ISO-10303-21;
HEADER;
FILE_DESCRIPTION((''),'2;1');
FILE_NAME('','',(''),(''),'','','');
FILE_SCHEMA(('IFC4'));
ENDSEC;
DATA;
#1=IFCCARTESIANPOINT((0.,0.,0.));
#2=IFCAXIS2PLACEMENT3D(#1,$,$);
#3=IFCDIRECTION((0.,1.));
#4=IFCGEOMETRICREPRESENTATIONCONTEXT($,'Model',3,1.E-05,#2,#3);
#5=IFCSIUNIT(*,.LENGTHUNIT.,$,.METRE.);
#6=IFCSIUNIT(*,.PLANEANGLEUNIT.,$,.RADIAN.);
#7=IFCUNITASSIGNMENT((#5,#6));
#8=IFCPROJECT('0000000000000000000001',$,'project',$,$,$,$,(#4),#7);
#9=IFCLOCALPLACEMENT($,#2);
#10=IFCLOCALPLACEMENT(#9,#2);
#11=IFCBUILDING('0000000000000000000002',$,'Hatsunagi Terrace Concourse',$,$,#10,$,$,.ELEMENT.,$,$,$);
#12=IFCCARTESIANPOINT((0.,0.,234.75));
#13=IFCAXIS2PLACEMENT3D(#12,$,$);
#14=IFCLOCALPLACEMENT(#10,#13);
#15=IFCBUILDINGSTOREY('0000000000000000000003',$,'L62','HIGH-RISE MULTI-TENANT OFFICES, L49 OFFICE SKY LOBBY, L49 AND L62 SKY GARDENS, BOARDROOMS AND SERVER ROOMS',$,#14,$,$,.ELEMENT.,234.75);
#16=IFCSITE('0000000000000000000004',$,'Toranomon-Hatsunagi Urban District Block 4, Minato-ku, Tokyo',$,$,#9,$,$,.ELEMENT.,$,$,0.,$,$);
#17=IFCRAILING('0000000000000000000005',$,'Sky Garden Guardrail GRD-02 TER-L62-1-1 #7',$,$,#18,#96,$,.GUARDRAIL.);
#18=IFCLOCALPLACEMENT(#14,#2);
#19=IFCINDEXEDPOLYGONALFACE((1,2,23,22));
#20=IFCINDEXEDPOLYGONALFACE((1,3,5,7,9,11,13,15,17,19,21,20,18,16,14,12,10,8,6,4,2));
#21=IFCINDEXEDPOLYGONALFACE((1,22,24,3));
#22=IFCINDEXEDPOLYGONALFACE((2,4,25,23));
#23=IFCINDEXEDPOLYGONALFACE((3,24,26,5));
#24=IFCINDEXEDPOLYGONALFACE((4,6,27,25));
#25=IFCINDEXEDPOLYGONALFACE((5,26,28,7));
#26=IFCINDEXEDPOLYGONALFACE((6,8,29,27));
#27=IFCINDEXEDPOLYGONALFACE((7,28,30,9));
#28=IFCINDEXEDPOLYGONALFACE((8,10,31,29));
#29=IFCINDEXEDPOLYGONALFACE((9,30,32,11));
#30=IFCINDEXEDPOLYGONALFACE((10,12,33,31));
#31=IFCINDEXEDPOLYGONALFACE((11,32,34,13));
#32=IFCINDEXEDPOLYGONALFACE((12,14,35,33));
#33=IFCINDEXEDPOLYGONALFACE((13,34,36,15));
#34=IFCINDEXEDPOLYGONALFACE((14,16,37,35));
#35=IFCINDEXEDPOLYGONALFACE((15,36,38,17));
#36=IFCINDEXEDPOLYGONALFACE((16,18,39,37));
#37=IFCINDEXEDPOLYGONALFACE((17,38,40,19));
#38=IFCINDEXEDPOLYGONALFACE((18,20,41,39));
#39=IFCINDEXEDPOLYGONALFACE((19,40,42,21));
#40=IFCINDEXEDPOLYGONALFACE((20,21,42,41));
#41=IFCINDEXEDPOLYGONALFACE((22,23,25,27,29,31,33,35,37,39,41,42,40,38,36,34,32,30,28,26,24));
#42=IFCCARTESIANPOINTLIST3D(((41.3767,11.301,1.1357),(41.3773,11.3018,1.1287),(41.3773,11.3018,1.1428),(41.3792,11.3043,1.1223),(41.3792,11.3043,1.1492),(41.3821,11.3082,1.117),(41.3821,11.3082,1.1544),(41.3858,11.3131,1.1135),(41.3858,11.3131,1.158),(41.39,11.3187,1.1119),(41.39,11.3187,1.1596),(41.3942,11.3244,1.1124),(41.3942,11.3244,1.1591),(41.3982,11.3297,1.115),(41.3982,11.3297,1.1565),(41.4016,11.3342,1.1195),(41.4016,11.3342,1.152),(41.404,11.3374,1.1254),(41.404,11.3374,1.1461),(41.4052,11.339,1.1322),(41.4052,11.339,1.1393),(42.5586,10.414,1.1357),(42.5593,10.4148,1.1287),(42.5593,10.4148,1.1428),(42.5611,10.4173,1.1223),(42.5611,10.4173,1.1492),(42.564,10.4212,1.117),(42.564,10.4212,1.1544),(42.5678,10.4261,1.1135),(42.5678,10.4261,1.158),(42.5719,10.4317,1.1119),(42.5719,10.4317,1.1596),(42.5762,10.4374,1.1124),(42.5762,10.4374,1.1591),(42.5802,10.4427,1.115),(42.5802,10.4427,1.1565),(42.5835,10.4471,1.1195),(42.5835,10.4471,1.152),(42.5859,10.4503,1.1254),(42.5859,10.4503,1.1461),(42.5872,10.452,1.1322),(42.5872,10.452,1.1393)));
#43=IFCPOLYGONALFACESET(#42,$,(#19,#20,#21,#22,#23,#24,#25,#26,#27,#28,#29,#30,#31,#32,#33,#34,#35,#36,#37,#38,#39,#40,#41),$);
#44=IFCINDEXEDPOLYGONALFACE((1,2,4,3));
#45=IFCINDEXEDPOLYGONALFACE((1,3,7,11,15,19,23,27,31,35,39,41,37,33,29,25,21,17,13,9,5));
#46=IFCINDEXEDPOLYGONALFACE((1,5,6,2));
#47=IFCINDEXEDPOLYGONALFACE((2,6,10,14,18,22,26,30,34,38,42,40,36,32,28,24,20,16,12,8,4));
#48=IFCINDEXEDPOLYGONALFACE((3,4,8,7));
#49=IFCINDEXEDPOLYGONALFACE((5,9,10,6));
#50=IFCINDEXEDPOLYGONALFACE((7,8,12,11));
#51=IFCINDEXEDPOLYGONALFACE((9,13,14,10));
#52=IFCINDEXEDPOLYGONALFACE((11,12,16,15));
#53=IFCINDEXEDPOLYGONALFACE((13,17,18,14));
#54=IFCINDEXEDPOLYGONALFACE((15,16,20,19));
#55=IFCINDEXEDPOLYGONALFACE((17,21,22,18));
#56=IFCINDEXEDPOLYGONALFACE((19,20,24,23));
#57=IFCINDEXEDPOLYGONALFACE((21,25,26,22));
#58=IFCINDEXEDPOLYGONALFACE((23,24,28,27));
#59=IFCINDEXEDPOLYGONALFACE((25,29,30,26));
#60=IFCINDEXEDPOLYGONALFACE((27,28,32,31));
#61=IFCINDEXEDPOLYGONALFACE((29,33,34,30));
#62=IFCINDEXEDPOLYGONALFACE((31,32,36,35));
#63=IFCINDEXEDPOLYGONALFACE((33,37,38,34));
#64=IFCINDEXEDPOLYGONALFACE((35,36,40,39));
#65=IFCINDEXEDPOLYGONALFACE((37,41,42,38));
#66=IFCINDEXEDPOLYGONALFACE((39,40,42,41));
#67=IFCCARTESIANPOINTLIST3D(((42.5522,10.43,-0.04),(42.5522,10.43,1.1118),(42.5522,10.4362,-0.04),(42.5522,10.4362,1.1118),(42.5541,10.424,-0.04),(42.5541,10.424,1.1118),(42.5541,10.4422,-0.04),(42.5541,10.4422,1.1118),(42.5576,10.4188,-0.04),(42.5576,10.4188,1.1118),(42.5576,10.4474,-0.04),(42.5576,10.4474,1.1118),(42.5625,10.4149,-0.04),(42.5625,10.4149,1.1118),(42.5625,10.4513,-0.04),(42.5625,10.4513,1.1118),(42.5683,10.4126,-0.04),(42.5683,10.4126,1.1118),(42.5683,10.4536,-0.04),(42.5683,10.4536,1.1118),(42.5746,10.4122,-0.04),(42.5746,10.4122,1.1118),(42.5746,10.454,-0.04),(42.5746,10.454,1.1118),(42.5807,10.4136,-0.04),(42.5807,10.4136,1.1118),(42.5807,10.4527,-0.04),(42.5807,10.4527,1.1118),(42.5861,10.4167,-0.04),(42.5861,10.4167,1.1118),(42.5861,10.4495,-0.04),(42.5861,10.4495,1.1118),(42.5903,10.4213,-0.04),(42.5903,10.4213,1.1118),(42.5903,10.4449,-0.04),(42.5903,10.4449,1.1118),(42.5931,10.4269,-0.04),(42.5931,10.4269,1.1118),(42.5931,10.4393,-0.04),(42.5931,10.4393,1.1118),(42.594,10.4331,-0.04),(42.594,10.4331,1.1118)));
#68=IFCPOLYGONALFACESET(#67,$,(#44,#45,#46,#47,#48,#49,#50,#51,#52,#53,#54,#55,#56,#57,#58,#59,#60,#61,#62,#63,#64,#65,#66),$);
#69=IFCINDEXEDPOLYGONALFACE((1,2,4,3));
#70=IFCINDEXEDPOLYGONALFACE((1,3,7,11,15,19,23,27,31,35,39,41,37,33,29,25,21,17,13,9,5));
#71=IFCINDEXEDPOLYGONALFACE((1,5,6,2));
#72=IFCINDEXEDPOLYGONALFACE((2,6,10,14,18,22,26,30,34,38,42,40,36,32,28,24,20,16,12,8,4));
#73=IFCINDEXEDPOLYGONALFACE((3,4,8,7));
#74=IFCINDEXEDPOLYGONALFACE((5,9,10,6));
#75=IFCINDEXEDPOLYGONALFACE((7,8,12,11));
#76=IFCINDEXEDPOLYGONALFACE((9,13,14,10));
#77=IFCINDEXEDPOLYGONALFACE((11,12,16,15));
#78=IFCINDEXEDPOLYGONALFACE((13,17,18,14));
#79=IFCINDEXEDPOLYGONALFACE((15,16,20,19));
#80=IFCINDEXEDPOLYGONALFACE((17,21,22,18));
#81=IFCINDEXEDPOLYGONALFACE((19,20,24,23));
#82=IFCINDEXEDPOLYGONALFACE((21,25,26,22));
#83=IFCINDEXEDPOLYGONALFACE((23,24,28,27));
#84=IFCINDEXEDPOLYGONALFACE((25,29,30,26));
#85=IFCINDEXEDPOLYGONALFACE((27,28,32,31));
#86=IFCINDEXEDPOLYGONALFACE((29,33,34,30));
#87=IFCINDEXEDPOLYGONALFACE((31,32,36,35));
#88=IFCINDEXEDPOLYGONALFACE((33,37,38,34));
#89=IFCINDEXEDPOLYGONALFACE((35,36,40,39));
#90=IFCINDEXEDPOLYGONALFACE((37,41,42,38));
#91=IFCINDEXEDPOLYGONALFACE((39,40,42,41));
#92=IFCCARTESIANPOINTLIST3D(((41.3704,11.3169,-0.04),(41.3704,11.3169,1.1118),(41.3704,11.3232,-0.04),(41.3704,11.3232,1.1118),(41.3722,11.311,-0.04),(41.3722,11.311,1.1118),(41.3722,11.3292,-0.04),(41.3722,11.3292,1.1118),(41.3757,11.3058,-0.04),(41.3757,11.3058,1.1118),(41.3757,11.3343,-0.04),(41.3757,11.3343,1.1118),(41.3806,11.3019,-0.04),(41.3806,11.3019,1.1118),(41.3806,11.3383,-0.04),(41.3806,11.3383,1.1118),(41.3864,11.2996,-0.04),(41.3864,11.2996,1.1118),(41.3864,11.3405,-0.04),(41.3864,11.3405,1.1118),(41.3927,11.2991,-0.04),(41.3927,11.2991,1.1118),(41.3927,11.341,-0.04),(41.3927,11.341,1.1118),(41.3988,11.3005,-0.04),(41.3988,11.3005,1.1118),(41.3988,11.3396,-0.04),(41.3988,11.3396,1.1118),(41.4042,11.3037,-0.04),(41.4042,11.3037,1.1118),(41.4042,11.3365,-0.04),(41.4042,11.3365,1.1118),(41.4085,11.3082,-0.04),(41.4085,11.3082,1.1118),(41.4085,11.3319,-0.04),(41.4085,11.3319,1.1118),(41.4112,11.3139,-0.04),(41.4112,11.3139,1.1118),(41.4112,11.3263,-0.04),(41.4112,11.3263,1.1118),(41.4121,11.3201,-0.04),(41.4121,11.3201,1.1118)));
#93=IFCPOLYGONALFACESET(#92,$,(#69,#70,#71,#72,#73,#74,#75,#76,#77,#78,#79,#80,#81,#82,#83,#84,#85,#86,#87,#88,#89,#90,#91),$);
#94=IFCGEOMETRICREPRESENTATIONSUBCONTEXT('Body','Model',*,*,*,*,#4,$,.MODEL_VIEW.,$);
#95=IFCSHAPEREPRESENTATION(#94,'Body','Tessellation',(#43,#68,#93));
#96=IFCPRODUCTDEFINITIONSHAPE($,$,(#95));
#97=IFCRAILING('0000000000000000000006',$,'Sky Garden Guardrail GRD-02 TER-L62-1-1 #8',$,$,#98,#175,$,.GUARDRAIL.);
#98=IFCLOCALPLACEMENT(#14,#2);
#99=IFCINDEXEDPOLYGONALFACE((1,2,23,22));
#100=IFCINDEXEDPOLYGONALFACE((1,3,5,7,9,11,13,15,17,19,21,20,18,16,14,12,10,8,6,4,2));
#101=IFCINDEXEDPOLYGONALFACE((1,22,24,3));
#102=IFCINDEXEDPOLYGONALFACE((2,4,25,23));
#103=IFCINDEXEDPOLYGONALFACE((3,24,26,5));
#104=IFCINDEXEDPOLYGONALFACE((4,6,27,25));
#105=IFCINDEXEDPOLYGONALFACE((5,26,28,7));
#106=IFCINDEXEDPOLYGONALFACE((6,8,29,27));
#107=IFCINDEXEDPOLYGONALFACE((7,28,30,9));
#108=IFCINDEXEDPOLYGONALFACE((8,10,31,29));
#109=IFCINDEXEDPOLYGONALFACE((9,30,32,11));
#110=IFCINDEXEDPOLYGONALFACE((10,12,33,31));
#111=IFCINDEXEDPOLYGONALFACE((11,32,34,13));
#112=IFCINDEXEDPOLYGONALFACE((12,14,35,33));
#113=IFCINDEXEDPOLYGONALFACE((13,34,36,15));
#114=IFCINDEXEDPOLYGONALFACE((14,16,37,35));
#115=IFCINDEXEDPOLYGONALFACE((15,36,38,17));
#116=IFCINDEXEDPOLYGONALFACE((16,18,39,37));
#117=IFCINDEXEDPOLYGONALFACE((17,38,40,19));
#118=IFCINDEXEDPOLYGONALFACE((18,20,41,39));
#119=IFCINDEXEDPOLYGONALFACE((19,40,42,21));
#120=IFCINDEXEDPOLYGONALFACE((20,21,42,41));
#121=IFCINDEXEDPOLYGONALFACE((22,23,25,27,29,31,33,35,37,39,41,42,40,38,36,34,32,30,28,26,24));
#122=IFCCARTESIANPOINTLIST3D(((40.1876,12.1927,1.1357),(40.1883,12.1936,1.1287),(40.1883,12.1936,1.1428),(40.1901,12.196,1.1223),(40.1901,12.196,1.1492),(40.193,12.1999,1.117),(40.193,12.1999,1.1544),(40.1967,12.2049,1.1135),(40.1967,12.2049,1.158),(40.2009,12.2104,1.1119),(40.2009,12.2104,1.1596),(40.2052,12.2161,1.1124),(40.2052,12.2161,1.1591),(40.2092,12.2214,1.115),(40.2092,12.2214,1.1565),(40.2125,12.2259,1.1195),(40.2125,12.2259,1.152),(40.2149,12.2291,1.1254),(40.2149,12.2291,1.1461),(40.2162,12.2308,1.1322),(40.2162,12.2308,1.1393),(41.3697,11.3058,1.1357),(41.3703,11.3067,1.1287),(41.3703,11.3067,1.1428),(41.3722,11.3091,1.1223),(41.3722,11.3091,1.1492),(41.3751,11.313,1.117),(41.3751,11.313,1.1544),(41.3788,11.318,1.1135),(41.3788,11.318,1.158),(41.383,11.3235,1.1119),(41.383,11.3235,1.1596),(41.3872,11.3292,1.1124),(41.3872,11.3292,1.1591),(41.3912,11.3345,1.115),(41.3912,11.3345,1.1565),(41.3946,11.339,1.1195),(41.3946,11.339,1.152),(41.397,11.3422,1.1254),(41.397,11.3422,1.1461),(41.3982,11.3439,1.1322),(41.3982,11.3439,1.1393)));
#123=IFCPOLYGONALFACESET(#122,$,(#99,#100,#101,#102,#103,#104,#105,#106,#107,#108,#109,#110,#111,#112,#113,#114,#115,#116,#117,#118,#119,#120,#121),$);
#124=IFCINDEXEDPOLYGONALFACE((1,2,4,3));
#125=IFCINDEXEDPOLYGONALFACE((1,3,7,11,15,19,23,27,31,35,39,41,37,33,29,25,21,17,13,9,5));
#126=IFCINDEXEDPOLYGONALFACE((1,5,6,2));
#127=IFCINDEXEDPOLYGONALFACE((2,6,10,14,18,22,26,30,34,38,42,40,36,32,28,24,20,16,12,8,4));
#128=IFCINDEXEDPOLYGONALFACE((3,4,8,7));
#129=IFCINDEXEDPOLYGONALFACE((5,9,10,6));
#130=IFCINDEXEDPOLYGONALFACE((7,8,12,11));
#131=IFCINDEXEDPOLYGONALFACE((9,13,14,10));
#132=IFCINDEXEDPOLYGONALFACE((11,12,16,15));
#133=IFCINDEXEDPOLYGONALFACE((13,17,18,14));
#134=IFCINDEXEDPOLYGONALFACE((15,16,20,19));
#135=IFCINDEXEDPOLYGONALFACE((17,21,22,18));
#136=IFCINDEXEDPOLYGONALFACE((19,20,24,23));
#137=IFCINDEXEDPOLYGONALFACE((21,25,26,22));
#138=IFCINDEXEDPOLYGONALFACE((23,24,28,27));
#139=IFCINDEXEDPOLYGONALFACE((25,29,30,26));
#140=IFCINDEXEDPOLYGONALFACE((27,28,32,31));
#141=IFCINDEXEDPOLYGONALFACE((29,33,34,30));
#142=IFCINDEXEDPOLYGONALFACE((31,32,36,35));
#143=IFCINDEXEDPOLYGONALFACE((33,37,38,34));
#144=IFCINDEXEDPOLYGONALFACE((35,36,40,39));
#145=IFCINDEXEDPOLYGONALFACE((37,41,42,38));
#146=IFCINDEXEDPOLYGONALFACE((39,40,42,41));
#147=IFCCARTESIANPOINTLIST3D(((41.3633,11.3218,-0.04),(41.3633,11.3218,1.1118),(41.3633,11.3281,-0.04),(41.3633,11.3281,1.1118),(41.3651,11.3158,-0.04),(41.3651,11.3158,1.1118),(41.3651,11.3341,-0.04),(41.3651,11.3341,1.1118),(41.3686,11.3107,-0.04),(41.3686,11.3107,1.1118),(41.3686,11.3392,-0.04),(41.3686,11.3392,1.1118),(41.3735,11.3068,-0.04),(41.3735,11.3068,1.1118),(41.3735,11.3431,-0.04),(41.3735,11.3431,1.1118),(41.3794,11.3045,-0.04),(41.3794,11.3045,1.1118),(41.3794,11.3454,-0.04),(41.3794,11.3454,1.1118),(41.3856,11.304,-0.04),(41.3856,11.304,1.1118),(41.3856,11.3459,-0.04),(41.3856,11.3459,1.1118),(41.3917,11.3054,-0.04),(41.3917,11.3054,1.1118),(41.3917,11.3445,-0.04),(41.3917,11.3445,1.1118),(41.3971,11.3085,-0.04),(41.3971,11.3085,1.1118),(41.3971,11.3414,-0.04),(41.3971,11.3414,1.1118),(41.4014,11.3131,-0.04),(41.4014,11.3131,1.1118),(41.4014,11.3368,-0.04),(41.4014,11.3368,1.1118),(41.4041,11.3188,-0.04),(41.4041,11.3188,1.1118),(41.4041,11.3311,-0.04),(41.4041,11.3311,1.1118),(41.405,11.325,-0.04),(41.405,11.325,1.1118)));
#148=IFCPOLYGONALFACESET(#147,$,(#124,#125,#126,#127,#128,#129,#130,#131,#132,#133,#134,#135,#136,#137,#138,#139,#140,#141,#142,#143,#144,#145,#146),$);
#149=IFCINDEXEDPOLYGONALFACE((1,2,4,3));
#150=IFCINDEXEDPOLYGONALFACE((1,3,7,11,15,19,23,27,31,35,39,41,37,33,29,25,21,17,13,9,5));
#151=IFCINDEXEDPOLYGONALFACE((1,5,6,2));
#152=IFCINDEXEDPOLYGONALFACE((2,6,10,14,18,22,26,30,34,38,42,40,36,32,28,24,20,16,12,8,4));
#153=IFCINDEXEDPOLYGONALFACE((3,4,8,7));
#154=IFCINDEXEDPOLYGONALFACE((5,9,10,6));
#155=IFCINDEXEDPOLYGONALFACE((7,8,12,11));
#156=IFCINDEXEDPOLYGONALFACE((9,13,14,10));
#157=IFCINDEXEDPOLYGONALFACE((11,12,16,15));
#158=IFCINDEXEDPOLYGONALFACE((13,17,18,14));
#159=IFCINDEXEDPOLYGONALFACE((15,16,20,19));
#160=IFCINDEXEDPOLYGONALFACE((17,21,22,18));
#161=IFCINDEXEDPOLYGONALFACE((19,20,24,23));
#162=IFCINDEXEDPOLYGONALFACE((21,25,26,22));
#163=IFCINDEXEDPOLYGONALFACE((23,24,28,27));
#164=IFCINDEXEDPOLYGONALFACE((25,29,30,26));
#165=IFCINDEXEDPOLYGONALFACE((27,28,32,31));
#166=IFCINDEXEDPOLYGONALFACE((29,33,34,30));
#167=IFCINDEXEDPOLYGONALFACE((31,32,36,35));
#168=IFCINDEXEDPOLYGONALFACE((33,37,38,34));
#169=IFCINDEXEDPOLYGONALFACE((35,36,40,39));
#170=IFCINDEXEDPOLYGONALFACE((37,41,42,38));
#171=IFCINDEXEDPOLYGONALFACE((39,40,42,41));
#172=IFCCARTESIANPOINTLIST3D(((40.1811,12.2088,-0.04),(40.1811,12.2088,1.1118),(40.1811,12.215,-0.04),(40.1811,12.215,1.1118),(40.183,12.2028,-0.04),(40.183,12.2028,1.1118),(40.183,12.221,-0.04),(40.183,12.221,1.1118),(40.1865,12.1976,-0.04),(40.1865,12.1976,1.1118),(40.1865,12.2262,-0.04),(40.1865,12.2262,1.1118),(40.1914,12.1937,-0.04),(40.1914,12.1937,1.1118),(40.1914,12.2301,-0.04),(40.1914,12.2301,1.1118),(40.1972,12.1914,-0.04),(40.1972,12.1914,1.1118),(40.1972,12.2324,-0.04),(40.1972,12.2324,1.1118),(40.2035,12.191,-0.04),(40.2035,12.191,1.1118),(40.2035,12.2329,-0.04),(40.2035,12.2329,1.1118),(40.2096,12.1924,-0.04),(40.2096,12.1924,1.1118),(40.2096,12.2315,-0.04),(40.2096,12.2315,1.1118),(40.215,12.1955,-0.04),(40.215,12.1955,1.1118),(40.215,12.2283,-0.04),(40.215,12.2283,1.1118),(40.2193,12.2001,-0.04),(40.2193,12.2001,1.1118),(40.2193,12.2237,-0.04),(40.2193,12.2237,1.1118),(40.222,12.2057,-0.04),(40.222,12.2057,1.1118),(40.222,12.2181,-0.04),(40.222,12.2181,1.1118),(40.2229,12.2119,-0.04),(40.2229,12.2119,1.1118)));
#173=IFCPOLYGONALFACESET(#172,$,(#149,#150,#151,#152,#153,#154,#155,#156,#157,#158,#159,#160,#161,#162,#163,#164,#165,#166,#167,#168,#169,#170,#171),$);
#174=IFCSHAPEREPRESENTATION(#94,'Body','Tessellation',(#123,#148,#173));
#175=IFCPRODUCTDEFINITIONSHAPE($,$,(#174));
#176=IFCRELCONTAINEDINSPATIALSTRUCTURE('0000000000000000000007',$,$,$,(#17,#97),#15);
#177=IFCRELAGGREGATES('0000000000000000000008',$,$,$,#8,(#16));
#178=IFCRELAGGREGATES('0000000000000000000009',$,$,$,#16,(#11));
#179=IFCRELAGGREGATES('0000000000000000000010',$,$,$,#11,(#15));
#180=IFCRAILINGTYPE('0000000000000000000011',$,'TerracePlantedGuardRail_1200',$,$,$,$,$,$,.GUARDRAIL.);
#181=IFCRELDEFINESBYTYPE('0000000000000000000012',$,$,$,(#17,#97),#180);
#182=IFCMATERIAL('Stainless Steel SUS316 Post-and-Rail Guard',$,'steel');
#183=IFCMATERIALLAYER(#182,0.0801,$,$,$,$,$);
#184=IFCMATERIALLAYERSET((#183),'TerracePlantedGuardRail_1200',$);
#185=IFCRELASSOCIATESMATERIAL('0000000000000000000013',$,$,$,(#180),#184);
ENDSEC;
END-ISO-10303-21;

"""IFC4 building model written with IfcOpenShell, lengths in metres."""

from ifc_helpers import new_model, si_unit, direction, frame, origin, origin_2d, place, context, subcontext, project, spatial, circle, extrude, material, layer, layer_set, type_object, element, save


model = new_model("IFC4")

# Units and contexts
model_context = context("Model", 3, precision=1e-05, world=origin(), true_north=direction((0.0, 1.0)))
body_context = subcontext(model_context, "Body", "Model", "MODEL_VIEW")
ifc_project = project(units=[si_unit("LENGTHUNIT", "METRE"), si_unit("PLANEANGLEUNIT", "RADIAN")], contexts=[model_context])

# Site, building, storey
site_placement = place(None, origin())
site = spatial("IfcSite", under=ifc_project, at=site_placement, Name="Toranomon-Hatsunagi Urban District Block 4, Minato-ku, Tokyo", CompositionType="ELEMENT", RefElevation=0.0)
building_placement = place(site_placement, origin())
building = spatial("IfcBuilding", under=site, at=building_placement, Name="Hatsunagi Terrace Concourse", CompositionType="ELEMENT")
storey_placement = place(building_placement, frame((0.0, 0.0, 234.75)))
storey = spatial("IfcBuildingStorey", under=building, at=storey_placement, Name="L62", Description="HIGH-RISE MULTI-TENANT OFFICES, L49 OFFICE SKY LOBBY, L49 AND L62 SKY GARDENS, BOARDROOMS AND SERVER ROOMS", CompositionType="ELEMENT", Elevation=234.75)

# Railings
ifc_material_1 = material(Name="Stainless Steel SUS316 Post-and-Rail Guard", Category="steel")
ifc_layer_1 = layer(ifc_material_1, 0.0801)
ifc_layer_set_1 = layer_set([ifc_layer_1], Name="TerracePlantedGuardRail_1200")
railing_type = type_object("IfcRailingType", Name="TerracePlantedGuardRail_1200", PredefinedType="GUARDRAIL", material=ifc_layer_set_1)
railing_1_placement = place(storey_placement, frame((42.573, 10.4331, -0.04)))
element("IfcRailing", 1, at=railing_1_placement, inside=storey, type_object=railing_type, Name="Sky Garden Guardrail GRD-02 TER-L62-1-1 #7", PredefinedType="GUARDRAIL", context=body_context, shape_type="SweptSolid", body=[
    extrude(circle(Radius=0.0239, at=origin_2d()), frame((0.0, 0.0, 1.1758), z_axis=(-0.799822, 0.600238, 0.0), x_axis=(-0.600238, -0.799822, 0.0)), (0.0, 0.0, 1.0), 1.4778),
    extrude(circle(Radius=0.021, at=origin_2d()), origin(), (0.0, 0.0, 1.0), 1.1519),
    extrude(circle(Radius=0.021, at=origin_2d()), frame((-1.1819, 0.887, 0.0)), (0.0, 0.0, 1.0), 1.1519),
])
for number, where, name in (
    (2, (41.384, 11.325, -0.04), "Sky Garden Guardrail GRD-02 TER-L62-1-1 #8"),
):
    element("IfcRailing", number, at=place(storey_placement, frame(where)), inside=storey, type_object=railing_type, Name=name, PredefinedType="GUARDRAIL", context=body_context, shape_type="SweptSolid", body=[
        extrude(circle(Radius=0.0239, at=origin_2d()), frame((0.0, 0.0, 1.1758), z_axis=(-0.799881, 0.600159, 0.0), x_axis=(-0.600159, -0.799881, 0.0)), (0.0, 0.0, 1.0), 1.4778),
        extrude(circle(Radius=0.021, at=origin_2d()), origin(), (0.0, 0.0, 1.0), 1.1519),
        extrude(circle(Radius=0.021, at=origin_2d()), frame((-1.1821, 0.887, 0.0)), (0.0, 0.0, 1.0), 1.1519),
    ])

save(model, "model.ifc")
